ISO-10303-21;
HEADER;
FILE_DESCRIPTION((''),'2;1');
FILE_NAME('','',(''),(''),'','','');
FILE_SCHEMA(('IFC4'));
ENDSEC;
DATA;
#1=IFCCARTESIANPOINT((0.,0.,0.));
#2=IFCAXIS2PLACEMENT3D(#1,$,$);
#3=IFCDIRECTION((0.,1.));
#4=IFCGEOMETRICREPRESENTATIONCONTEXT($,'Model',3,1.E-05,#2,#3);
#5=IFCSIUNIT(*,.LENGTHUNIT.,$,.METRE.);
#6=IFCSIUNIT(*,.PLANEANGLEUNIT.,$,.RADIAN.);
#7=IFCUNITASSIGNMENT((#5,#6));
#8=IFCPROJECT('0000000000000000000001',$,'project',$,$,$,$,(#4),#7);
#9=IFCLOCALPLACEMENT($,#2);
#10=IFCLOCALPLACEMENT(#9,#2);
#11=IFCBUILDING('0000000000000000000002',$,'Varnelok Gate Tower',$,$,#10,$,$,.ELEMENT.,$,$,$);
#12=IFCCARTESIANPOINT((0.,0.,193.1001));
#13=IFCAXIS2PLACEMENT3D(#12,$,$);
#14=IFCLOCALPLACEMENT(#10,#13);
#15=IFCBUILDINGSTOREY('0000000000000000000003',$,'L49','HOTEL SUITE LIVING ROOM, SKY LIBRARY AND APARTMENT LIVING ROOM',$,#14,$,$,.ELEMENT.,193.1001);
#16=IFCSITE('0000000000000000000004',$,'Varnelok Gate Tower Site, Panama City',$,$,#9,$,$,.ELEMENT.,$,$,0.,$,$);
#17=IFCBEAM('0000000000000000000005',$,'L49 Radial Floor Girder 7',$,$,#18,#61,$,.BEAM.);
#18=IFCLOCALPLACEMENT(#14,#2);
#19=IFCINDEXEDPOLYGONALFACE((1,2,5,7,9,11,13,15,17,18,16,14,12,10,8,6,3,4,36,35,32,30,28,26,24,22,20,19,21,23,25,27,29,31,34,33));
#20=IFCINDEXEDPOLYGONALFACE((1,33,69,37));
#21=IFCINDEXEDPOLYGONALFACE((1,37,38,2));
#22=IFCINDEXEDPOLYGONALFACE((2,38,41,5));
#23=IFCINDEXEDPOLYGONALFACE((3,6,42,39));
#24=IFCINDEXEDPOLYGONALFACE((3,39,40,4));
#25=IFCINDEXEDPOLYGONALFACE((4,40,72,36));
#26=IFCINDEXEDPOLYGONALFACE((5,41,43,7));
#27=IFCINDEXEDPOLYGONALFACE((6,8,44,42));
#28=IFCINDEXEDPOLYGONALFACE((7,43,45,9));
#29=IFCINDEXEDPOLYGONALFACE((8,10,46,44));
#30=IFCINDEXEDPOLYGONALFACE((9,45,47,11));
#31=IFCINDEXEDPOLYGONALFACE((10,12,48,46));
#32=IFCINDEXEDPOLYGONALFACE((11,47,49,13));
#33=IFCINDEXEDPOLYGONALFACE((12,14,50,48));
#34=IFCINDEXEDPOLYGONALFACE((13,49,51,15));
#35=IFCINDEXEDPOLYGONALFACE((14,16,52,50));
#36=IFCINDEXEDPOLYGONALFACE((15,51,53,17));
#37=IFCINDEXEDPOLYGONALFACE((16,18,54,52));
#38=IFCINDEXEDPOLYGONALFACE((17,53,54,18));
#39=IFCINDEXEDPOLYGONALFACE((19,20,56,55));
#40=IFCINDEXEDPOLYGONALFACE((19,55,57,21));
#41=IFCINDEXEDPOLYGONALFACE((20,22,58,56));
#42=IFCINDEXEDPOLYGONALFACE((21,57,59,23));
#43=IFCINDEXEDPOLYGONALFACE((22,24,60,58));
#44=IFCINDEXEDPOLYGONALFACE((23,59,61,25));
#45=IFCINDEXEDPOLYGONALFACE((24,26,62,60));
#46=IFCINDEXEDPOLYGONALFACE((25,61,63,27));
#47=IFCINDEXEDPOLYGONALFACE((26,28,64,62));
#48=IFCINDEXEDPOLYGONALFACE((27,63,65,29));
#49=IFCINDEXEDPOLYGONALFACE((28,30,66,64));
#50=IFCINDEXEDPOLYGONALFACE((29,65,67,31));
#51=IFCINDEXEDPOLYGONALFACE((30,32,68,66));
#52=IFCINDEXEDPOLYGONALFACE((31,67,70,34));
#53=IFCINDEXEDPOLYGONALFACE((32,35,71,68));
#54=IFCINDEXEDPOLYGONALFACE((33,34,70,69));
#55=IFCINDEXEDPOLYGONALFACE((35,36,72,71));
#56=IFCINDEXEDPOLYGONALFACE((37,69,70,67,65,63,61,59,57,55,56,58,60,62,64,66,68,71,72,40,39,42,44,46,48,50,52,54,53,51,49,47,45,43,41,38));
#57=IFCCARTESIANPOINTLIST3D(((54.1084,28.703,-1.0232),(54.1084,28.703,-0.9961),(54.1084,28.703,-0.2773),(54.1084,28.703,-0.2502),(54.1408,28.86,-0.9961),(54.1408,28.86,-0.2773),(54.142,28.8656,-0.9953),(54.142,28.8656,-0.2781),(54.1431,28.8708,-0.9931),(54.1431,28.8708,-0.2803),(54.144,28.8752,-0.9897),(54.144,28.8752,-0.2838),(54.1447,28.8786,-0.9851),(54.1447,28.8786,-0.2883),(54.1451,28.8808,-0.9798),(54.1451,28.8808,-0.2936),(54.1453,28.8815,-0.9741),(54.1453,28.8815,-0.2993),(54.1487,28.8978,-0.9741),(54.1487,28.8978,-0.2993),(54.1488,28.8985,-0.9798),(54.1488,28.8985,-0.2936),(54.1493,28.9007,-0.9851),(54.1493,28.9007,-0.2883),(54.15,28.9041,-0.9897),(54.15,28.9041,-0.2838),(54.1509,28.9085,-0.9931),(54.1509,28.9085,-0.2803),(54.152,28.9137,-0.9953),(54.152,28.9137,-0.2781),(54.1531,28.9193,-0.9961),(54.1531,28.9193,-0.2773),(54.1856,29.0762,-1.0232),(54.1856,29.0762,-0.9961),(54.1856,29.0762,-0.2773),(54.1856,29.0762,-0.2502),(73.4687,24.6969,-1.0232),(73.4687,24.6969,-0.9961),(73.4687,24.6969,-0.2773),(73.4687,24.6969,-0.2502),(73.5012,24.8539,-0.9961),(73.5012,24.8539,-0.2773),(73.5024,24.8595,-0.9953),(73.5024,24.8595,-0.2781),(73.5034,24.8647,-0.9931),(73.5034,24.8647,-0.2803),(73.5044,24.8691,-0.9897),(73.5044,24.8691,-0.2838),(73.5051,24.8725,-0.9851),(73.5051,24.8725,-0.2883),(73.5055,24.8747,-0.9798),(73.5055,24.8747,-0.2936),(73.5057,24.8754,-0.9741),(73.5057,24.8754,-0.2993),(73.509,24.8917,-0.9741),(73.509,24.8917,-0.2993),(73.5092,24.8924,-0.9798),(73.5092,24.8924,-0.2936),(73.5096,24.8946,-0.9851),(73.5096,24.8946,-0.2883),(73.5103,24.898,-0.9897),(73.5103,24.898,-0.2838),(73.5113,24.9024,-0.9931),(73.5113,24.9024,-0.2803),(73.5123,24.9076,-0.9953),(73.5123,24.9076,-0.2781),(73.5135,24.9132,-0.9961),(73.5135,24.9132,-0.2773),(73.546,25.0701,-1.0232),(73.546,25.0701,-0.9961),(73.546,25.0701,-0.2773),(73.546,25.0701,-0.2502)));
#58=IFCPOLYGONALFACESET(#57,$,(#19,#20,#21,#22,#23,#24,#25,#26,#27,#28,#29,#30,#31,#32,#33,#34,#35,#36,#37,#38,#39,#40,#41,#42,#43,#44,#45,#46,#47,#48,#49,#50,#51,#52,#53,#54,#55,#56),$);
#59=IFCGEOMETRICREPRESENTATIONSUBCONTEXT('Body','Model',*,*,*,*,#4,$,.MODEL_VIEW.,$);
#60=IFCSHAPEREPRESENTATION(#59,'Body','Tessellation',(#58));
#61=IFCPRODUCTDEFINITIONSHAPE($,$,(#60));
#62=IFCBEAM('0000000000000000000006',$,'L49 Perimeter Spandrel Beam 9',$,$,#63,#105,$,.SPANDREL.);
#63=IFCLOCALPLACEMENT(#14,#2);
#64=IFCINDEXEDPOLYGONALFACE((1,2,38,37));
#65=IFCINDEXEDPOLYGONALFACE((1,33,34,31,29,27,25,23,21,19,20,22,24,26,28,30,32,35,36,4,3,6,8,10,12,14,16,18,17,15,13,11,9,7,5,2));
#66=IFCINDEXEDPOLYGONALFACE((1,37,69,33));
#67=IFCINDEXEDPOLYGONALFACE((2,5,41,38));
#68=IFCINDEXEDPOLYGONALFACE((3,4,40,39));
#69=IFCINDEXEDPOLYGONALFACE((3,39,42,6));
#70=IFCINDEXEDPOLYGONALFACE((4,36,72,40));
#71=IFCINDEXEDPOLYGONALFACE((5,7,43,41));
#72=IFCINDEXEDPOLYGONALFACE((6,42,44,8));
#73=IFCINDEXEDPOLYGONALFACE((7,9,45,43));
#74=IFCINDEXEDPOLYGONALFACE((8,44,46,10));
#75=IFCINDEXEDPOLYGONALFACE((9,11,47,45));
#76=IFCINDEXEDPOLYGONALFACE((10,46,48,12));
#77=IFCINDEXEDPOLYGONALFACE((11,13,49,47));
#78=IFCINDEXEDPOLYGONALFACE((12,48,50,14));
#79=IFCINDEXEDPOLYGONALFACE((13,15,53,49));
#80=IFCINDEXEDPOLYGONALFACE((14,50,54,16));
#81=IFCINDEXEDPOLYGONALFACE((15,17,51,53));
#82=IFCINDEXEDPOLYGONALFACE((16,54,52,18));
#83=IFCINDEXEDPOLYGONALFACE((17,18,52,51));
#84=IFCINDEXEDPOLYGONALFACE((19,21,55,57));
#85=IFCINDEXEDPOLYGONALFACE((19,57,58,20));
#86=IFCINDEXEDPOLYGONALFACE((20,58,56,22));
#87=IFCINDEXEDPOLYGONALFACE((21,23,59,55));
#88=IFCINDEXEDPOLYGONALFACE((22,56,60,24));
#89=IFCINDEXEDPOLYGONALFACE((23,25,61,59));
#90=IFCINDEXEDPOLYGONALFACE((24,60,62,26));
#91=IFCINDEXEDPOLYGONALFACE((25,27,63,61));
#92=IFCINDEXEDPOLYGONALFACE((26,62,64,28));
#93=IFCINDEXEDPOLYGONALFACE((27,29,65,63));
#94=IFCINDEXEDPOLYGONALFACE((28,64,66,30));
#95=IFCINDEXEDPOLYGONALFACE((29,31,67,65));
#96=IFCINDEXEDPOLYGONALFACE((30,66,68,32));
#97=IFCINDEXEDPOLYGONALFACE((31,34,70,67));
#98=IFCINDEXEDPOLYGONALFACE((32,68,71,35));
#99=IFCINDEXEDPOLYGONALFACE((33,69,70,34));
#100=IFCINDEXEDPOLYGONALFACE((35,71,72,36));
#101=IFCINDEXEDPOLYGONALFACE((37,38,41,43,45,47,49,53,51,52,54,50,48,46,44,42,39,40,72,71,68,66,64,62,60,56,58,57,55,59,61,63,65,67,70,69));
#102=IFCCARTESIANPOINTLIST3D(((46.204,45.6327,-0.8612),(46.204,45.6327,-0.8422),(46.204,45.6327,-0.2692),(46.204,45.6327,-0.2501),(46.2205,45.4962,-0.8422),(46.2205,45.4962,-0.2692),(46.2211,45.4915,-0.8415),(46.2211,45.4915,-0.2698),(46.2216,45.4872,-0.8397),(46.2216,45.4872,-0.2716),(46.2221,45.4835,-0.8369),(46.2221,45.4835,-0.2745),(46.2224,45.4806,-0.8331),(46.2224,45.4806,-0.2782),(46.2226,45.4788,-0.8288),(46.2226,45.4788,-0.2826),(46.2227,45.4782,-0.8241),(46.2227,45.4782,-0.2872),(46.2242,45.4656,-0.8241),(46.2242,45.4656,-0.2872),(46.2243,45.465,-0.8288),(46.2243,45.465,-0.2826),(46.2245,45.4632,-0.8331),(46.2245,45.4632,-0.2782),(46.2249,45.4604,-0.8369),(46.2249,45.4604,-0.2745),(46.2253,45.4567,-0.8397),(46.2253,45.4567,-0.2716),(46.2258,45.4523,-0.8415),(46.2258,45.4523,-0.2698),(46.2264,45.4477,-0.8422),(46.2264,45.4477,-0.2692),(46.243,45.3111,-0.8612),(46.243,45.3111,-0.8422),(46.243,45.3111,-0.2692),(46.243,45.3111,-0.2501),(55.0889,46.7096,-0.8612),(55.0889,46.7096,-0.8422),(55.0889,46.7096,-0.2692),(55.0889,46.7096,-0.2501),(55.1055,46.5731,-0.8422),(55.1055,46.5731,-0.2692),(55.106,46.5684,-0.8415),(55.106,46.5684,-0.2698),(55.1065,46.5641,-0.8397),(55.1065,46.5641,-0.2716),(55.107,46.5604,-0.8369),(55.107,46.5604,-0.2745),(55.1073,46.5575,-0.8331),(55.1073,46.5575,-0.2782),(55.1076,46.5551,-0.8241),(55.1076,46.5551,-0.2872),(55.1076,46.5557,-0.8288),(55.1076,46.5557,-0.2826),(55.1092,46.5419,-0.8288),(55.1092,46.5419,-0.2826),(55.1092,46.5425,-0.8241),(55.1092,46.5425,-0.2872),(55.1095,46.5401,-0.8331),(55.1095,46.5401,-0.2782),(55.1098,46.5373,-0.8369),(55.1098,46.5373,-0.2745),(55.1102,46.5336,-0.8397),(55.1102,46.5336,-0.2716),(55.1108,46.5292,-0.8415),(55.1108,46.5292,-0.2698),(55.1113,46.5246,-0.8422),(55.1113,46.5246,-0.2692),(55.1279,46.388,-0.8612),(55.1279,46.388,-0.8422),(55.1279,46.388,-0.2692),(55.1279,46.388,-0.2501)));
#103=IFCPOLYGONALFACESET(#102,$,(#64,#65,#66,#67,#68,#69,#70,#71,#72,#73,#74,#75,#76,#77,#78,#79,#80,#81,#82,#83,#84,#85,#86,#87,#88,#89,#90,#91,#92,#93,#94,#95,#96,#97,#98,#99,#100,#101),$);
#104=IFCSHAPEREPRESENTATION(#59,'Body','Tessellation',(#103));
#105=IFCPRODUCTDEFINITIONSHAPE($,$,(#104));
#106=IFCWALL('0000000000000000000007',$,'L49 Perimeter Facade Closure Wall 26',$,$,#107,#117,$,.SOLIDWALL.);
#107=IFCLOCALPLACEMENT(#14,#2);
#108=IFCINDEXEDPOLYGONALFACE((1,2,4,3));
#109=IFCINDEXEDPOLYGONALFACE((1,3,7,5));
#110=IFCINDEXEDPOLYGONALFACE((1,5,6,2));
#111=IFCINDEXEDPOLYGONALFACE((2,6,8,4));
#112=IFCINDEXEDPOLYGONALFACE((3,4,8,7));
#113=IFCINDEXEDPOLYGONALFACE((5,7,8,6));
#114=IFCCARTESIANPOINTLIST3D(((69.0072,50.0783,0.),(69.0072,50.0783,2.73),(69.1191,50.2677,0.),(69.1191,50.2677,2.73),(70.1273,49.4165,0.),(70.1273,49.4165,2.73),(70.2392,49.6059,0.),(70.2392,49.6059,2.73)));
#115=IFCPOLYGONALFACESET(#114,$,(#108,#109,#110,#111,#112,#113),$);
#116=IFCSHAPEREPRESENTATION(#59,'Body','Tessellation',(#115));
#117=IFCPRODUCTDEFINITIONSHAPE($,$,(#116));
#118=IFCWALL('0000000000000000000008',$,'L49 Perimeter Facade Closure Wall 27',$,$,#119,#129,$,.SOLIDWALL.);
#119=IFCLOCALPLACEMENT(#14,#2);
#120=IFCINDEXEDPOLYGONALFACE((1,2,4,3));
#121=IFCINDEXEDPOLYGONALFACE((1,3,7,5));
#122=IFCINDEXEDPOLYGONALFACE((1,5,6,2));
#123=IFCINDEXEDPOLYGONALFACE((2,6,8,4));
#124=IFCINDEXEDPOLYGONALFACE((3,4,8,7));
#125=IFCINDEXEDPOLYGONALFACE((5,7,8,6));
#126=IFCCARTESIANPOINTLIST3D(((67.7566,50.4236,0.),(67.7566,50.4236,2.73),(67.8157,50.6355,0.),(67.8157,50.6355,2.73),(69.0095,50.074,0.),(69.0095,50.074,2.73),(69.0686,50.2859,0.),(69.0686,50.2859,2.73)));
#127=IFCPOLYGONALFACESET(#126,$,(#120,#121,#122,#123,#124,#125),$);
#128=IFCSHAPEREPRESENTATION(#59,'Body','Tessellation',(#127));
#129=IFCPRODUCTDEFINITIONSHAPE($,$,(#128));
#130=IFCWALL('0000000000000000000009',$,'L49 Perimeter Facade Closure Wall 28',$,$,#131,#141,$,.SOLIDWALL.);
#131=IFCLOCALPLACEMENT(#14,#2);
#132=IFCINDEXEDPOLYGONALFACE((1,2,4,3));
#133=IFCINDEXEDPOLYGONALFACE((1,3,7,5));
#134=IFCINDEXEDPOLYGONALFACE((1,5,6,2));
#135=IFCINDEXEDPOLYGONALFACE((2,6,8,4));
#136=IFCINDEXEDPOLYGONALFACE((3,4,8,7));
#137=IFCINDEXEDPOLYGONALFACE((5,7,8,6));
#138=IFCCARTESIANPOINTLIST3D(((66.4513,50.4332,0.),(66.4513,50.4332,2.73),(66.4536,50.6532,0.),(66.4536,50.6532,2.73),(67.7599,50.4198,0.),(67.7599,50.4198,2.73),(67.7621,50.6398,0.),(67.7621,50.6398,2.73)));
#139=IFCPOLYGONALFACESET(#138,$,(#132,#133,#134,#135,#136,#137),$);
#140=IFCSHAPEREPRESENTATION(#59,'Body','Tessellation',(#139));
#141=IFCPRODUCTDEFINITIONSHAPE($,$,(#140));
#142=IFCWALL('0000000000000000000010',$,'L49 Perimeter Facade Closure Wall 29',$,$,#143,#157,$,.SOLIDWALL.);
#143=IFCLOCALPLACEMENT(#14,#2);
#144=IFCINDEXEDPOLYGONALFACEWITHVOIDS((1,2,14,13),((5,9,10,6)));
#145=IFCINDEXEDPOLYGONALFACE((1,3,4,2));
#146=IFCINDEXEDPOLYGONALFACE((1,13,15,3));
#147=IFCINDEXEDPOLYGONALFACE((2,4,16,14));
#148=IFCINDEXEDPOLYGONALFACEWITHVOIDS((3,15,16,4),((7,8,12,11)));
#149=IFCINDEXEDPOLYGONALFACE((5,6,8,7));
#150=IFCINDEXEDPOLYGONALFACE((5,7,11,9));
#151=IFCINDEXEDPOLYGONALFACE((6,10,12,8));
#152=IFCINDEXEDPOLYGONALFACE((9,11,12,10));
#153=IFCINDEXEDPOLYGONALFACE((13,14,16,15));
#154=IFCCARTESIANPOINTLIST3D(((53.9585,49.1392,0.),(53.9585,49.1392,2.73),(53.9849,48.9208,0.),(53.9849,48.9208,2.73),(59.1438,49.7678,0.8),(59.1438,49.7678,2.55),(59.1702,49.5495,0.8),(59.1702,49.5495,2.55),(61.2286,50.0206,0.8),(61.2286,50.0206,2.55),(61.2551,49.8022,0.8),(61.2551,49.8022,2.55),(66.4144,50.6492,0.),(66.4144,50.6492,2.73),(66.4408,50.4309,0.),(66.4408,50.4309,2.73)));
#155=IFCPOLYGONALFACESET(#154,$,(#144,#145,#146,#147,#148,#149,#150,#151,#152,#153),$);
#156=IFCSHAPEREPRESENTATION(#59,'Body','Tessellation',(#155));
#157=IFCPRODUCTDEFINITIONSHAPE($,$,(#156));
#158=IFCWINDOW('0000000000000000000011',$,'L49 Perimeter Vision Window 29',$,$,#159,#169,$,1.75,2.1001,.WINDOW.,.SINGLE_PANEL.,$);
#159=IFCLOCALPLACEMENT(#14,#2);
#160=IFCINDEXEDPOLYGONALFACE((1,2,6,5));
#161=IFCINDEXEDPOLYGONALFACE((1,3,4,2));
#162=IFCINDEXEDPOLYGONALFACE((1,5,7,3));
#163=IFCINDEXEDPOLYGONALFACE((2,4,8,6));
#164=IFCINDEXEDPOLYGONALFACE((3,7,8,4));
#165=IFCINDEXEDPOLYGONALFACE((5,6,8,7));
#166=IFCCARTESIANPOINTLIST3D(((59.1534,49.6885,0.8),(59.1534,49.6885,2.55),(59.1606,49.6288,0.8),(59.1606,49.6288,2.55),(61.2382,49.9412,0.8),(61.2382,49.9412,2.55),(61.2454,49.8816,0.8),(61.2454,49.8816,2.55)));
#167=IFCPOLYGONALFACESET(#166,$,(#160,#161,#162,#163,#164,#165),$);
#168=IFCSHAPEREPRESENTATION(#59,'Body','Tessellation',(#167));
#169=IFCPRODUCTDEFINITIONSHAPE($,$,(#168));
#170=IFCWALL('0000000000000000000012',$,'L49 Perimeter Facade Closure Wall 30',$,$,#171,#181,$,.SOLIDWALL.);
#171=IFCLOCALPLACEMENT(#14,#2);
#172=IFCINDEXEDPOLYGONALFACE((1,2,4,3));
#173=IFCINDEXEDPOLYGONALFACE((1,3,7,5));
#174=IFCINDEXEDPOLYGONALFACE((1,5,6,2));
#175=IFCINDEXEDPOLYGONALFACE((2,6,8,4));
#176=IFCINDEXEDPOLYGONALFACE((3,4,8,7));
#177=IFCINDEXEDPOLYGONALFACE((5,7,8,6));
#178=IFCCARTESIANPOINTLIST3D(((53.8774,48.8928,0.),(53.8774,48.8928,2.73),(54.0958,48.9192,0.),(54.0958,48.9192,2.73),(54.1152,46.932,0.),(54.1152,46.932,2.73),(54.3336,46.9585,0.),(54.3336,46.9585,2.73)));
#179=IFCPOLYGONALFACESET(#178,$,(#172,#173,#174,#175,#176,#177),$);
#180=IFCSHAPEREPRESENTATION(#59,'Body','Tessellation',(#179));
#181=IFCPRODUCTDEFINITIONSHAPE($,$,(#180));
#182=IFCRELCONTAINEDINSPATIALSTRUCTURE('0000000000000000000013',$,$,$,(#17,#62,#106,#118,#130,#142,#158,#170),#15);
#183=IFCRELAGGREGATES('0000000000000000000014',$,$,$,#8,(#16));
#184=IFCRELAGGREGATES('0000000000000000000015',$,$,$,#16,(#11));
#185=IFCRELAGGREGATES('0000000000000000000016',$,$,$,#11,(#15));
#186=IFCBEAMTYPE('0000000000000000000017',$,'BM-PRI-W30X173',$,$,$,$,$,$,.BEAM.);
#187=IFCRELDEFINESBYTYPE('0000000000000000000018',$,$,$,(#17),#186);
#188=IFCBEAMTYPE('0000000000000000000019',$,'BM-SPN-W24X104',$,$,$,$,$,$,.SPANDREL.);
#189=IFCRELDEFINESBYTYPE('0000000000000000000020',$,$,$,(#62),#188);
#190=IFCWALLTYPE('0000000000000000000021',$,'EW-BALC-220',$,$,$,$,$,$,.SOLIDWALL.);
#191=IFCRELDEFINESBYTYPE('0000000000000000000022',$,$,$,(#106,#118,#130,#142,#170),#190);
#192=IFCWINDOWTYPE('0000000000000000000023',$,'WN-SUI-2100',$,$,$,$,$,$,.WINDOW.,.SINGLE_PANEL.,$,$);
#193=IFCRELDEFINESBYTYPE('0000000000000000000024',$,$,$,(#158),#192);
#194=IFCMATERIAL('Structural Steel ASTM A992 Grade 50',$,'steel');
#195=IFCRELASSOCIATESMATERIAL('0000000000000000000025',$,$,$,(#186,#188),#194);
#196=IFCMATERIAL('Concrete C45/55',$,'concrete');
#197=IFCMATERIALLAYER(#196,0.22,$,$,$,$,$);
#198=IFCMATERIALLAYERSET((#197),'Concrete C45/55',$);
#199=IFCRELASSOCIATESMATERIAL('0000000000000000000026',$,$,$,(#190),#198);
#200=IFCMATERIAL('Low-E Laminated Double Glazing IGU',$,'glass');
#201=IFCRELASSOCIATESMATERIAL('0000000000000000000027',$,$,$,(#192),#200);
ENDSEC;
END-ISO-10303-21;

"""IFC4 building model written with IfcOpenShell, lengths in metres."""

from ifc_helpers import new_model, si_unit, direction, frame, frame_2d, origin, origin_2d, place, context, subcontext, project, spatial, rectangle, i_section, extrude, material, layer, layer_set, material_profile, profile_set, type_object, element, fill, save


model = new_model("IFC4")

# Units and contexts
model_context = context("Model", 3, precision=1e-05, world=origin(), true_north=direction((0.0, 1.0)))
body_context = subcontext(model_context, "Body", "Model", "MODEL_VIEW")
ifc_project = project(units=[si_unit("LENGTHUNIT", "METRE"), si_unit("PLANEANGLEUNIT", "RADIAN")], contexts=[model_context])

# Site, building, storey
site_placement = place(None, origin())
site = spatial("IfcSite", under=ifc_project, at=site_placement, Name="Varnelok Gate Tower Site, Panama City", CompositionType="ELEMENT", RefElevation=0.0)
building_placement = place(site_placement, origin())
building = spatial("IfcBuilding", under=site, at=building_placement, Name="Varnelok Gate Tower", CompositionType="ELEMENT")
storey_placement = place(building_placement, frame((0.0, 0.0, 193.1001)))
storey = spatial("IfcBuildingStorey", under=building, at=storey_placement, Name="L49", Description="HOTEL SUITE LIVING ROOM, SKY LIBRARY AND APARTMENT LIVING ROOM", CompositionType="ELEMENT", Elevation=193.1001)

# Shared definitions
ifc_material_1 = material(Name="Structural Steel ASTM A992 Grade 50", Category="steel")

# Beams
ifc_material_profile_1 = material_profile(ifc_material_1, i_section(OverallWidth=0.3811, OverallDepth=0.7729, WebThickness=0.0166, FlangeThickness=0.0271, FilletRadius=0.022, at=origin_2d()), Name="W30X173")
ifc_profile_set_1 = profile_set([ifc_material_profile_1], Name="Structural Steel ASTM A992 Grade 50")
beam_type_1 = type_object("IfcBeamType", Name="BM-PRI-W30X173", PredefinedType="BEAM", material=ifc_profile_set_1)
beam_1_placement = place(storey_placement, frame((54.147, 28.8896, -0.6367), z_axis=(0.979255, -0.202631, 0.0), x_axis=(0.202631, 0.979255, 0.0)))
element("IfcBeam", 1, at=beam_1_placement, inside=storey, type_object=beam_type_1, Name="L49 Radial Floor Girder 7", PredefinedType="BEAM", context=body_context, shape_type="SweptSolid", body=[
    extrude(i_section(OverallWidth=0.3811, OverallDepth=0.7729, WebThickness=0.0166, FlangeThickness=0.0271, FilletRadius=0.022, at=origin_2d()), origin(), (0.0, 0.0, 1.0), 19.7705),
])
ifc_material_profile_2 = material_profile(ifc_material_1, i_section(OverallWidth=0.324, OverallDepth=0.6111, WebThickness=0.0127, FlangeThickness=0.019, FilletRadius=0.0181, at=origin_2d()), Name="W24X104")
ifc_profile_set_2 = profile_set([ifc_material_profile_2], Name="Structural Steel ASTM A992 Grade 50")
beam_type_2 = type_object("IfcBeamType", Name="BM-SPN-W24X104", PredefinedType="SPANDREL", material=ifc_profile_set_2)
beam_2_placement = place(storey_placement, frame((55.1084, 46.5488, -0.5557), z_axis=(-0.992735, -0.120324, 0.0), x_axis=(0.120324, -0.992735, 0.0)))
element("IfcBeam", 2, at=beam_2_placement, inside=storey, type_object=beam_type_2, Name="L49 Perimeter Spandrel Beam 9", PredefinedType="SPANDREL", context=body_context, shape_type="SweptSolid", body=[
    extrude(i_section(OverallWidth=0.324, OverallDepth=0.6111, WebThickness=0.0127, FlangeThickness=0.019, FilletRadius=0.0181, at=origin_2d()), origin(), (0.0, 0.0, 1.0), 8.95),
])

# Walls
ifc_material_2 = material(Name="Concrete C45/55", Category="concrete")
ifc_layer_1 = layer(ifc_material_2, 0.22)
ifc_layer_set_1 = layer_set([ifc_layer_1], Name="Concrete C45/55")
wall_type_1 = type_object("IfcWallType", Name="EW-BALC-220", PredefinedType="SOLIDWALL", material=ifc_layer_set_1)
wall_1_placement = place(storey_placement, frame((70.1831, 49.5112, 0.0), z_axis=(0.0, 0.0, 1.0), x_axis=(-0.860934, 0.508717, 0.0)))
element("IfcWall", 3, at=wall_1_placement, inside=storey, type_object=wall_type_1, Name="L49 Perimeter Facade Closure Wall 26", PredefinedType="SOLIDWALL", context=body_context, shape_type="SweptSolid", body=[
    extrude(rectangle(XDim=1.301, YDim=0.22, at=frame_2d((0.6504, 0.0))), origin(), (0.0, 0.0, 1.0), 2.73),
])
wall_2_placement = place(storey_placement, frame((69.0391, 50.1799, 0.0), z_axis=(0.0, 0.0, 1.0), x_axis=(-0.963205, 0.268767, 0.0)))
element("IfcWall", 4, at=wall_2_placement, inside=storey, type_object=wall_type_1, Name="L49 Perimeter Facade Closure Wall 27", PredefinedType="SOLIDWALL", context=body_context, shape_type="SweptSolid", body=[
    extrude(rectangle(XDim=1.3008, YDim=0.22, at=frame_2d((0.6504, 0.0))), origin(), (0.0, 0.0, 1.0), 2.73),
])
wall_3_placement = place(storey_placement, frame((67.761, 50.5298, 0.0), z_axis=(0.0, 0.0, 1.0), x_axis=(-0.999947, 0.010261, 0.0)))
element("IfcWall", 5, at=wall_3_placement, inside=storey, type_object=wall_type_1, Name="L49 Perimeter Facade Closure Wall 28", PredefinedType="SOLIDWALL", context=body_context, shape_type="SweptSolid", body=[
    extrude(rectangle(XDim=1.3086, YDim=0.22, at=frame_2d((0.6543, 0.0))), origin(), (0.0, 0.0, 1.0), 2.73),
])

# Wall, opening, window
wall_4_placement = place(storey_placement, frame((66.4275, 50.54, 0.0), z_axis=(0.0, 0.0, 1.0), x_axis=(-0.992732, -0.120348, 0.0)))
wall_4 = element("IfcWall", 6, at=wall_4_placement, inside=storey, type_object=wall_type_1, Name="L49 Perimeter Facade Closure Wall 29", PredefinedType="SOLIDWALL", context=body_context, shape_type="SweptSolid", body=[
    extrude(rectangle(XDim=12.5471, YDim=0.22, at=frame_2d((6.2734, 0.0))), origin(), (0.0, 0.0, 1.0), 2.73),
])
opening_1_placement = place(wall_4_placement, frame((5.2236, 0.0, 0.8)))
opening_1 = element("IfcOpeningElement", 7, at=opening_1_placement, cuts=wall_4, PredefinedType="OPENING", context=body_context, shape_type="SweptSolid", body=[
    extrude(rectangle(XDim=2.1001, YDim=1.75, at=frame_2d((1.05, 0.875))), frame((0.0, 0.1199, 0.0), z_axis=(0.0, -1.0, 0.0), x_axis=(1.0, 0.0, 0.0)), (0.0, 0.0, 1.0), 0.24),
])
ifc_material_3 = material(Name="Low-E Laminated Double Glazing IGU", Category="glass")
window_type = type_object("IfcWindowType", Name="WN-SUI-2100", PartitioningType="SINGLE_PANEL", PredefinedType="WINDOW", material=ifc_material_3)
window_placement = place(opening_1_placement, origin())
window = element("IfcWindow", 8, at=window_placement, inside=storey, type_object=window_type, Name="L49 Perimeter Vision Window 29", OverallHeight=1.75, OverallWidth=2.1001, PartitioningType="SINGLE_PANEL", PredefinedType="WINDOW", context=body_context, shape_type="SweptSolid", body=[
    extrude(rectangle(XDim=2.1001, YDim=1.75, at=frame_2d((1.05, 0.875))), frame((0.0, 0.03, 0.0), z_axis=(0.0, -1.0, 0.0), x_axis=(1.0, 0.0, 0.0)), (0.0, 0.0, 1.0), 0.0601),
])
fill(opening_1, window)

# Wall
wall_5_placement = place(storey_placement, frame((53.9866, 48.906, 0.0), z_axis=(0.0, 0.0, 1.0), x_axis=(0.120398, -0.992726, 0.0)))
element("IfcWall", 9, at=wall_5_placement, inside=storey, type_object=wall_type_1, Name="L49 Perimeter Facade Closure Wall 30", PredefinedType="SOLIDWALL", context=body_context, shape_type="SweptSolid", body=[
    extrude(rectangle(XDim=1.9751, YDim=0.22, at=frame_2d((0.9875, 0.0))), origin(), (0.0, 0.0, 1.0), 2.73),
])

save(model, "model.ifc")
